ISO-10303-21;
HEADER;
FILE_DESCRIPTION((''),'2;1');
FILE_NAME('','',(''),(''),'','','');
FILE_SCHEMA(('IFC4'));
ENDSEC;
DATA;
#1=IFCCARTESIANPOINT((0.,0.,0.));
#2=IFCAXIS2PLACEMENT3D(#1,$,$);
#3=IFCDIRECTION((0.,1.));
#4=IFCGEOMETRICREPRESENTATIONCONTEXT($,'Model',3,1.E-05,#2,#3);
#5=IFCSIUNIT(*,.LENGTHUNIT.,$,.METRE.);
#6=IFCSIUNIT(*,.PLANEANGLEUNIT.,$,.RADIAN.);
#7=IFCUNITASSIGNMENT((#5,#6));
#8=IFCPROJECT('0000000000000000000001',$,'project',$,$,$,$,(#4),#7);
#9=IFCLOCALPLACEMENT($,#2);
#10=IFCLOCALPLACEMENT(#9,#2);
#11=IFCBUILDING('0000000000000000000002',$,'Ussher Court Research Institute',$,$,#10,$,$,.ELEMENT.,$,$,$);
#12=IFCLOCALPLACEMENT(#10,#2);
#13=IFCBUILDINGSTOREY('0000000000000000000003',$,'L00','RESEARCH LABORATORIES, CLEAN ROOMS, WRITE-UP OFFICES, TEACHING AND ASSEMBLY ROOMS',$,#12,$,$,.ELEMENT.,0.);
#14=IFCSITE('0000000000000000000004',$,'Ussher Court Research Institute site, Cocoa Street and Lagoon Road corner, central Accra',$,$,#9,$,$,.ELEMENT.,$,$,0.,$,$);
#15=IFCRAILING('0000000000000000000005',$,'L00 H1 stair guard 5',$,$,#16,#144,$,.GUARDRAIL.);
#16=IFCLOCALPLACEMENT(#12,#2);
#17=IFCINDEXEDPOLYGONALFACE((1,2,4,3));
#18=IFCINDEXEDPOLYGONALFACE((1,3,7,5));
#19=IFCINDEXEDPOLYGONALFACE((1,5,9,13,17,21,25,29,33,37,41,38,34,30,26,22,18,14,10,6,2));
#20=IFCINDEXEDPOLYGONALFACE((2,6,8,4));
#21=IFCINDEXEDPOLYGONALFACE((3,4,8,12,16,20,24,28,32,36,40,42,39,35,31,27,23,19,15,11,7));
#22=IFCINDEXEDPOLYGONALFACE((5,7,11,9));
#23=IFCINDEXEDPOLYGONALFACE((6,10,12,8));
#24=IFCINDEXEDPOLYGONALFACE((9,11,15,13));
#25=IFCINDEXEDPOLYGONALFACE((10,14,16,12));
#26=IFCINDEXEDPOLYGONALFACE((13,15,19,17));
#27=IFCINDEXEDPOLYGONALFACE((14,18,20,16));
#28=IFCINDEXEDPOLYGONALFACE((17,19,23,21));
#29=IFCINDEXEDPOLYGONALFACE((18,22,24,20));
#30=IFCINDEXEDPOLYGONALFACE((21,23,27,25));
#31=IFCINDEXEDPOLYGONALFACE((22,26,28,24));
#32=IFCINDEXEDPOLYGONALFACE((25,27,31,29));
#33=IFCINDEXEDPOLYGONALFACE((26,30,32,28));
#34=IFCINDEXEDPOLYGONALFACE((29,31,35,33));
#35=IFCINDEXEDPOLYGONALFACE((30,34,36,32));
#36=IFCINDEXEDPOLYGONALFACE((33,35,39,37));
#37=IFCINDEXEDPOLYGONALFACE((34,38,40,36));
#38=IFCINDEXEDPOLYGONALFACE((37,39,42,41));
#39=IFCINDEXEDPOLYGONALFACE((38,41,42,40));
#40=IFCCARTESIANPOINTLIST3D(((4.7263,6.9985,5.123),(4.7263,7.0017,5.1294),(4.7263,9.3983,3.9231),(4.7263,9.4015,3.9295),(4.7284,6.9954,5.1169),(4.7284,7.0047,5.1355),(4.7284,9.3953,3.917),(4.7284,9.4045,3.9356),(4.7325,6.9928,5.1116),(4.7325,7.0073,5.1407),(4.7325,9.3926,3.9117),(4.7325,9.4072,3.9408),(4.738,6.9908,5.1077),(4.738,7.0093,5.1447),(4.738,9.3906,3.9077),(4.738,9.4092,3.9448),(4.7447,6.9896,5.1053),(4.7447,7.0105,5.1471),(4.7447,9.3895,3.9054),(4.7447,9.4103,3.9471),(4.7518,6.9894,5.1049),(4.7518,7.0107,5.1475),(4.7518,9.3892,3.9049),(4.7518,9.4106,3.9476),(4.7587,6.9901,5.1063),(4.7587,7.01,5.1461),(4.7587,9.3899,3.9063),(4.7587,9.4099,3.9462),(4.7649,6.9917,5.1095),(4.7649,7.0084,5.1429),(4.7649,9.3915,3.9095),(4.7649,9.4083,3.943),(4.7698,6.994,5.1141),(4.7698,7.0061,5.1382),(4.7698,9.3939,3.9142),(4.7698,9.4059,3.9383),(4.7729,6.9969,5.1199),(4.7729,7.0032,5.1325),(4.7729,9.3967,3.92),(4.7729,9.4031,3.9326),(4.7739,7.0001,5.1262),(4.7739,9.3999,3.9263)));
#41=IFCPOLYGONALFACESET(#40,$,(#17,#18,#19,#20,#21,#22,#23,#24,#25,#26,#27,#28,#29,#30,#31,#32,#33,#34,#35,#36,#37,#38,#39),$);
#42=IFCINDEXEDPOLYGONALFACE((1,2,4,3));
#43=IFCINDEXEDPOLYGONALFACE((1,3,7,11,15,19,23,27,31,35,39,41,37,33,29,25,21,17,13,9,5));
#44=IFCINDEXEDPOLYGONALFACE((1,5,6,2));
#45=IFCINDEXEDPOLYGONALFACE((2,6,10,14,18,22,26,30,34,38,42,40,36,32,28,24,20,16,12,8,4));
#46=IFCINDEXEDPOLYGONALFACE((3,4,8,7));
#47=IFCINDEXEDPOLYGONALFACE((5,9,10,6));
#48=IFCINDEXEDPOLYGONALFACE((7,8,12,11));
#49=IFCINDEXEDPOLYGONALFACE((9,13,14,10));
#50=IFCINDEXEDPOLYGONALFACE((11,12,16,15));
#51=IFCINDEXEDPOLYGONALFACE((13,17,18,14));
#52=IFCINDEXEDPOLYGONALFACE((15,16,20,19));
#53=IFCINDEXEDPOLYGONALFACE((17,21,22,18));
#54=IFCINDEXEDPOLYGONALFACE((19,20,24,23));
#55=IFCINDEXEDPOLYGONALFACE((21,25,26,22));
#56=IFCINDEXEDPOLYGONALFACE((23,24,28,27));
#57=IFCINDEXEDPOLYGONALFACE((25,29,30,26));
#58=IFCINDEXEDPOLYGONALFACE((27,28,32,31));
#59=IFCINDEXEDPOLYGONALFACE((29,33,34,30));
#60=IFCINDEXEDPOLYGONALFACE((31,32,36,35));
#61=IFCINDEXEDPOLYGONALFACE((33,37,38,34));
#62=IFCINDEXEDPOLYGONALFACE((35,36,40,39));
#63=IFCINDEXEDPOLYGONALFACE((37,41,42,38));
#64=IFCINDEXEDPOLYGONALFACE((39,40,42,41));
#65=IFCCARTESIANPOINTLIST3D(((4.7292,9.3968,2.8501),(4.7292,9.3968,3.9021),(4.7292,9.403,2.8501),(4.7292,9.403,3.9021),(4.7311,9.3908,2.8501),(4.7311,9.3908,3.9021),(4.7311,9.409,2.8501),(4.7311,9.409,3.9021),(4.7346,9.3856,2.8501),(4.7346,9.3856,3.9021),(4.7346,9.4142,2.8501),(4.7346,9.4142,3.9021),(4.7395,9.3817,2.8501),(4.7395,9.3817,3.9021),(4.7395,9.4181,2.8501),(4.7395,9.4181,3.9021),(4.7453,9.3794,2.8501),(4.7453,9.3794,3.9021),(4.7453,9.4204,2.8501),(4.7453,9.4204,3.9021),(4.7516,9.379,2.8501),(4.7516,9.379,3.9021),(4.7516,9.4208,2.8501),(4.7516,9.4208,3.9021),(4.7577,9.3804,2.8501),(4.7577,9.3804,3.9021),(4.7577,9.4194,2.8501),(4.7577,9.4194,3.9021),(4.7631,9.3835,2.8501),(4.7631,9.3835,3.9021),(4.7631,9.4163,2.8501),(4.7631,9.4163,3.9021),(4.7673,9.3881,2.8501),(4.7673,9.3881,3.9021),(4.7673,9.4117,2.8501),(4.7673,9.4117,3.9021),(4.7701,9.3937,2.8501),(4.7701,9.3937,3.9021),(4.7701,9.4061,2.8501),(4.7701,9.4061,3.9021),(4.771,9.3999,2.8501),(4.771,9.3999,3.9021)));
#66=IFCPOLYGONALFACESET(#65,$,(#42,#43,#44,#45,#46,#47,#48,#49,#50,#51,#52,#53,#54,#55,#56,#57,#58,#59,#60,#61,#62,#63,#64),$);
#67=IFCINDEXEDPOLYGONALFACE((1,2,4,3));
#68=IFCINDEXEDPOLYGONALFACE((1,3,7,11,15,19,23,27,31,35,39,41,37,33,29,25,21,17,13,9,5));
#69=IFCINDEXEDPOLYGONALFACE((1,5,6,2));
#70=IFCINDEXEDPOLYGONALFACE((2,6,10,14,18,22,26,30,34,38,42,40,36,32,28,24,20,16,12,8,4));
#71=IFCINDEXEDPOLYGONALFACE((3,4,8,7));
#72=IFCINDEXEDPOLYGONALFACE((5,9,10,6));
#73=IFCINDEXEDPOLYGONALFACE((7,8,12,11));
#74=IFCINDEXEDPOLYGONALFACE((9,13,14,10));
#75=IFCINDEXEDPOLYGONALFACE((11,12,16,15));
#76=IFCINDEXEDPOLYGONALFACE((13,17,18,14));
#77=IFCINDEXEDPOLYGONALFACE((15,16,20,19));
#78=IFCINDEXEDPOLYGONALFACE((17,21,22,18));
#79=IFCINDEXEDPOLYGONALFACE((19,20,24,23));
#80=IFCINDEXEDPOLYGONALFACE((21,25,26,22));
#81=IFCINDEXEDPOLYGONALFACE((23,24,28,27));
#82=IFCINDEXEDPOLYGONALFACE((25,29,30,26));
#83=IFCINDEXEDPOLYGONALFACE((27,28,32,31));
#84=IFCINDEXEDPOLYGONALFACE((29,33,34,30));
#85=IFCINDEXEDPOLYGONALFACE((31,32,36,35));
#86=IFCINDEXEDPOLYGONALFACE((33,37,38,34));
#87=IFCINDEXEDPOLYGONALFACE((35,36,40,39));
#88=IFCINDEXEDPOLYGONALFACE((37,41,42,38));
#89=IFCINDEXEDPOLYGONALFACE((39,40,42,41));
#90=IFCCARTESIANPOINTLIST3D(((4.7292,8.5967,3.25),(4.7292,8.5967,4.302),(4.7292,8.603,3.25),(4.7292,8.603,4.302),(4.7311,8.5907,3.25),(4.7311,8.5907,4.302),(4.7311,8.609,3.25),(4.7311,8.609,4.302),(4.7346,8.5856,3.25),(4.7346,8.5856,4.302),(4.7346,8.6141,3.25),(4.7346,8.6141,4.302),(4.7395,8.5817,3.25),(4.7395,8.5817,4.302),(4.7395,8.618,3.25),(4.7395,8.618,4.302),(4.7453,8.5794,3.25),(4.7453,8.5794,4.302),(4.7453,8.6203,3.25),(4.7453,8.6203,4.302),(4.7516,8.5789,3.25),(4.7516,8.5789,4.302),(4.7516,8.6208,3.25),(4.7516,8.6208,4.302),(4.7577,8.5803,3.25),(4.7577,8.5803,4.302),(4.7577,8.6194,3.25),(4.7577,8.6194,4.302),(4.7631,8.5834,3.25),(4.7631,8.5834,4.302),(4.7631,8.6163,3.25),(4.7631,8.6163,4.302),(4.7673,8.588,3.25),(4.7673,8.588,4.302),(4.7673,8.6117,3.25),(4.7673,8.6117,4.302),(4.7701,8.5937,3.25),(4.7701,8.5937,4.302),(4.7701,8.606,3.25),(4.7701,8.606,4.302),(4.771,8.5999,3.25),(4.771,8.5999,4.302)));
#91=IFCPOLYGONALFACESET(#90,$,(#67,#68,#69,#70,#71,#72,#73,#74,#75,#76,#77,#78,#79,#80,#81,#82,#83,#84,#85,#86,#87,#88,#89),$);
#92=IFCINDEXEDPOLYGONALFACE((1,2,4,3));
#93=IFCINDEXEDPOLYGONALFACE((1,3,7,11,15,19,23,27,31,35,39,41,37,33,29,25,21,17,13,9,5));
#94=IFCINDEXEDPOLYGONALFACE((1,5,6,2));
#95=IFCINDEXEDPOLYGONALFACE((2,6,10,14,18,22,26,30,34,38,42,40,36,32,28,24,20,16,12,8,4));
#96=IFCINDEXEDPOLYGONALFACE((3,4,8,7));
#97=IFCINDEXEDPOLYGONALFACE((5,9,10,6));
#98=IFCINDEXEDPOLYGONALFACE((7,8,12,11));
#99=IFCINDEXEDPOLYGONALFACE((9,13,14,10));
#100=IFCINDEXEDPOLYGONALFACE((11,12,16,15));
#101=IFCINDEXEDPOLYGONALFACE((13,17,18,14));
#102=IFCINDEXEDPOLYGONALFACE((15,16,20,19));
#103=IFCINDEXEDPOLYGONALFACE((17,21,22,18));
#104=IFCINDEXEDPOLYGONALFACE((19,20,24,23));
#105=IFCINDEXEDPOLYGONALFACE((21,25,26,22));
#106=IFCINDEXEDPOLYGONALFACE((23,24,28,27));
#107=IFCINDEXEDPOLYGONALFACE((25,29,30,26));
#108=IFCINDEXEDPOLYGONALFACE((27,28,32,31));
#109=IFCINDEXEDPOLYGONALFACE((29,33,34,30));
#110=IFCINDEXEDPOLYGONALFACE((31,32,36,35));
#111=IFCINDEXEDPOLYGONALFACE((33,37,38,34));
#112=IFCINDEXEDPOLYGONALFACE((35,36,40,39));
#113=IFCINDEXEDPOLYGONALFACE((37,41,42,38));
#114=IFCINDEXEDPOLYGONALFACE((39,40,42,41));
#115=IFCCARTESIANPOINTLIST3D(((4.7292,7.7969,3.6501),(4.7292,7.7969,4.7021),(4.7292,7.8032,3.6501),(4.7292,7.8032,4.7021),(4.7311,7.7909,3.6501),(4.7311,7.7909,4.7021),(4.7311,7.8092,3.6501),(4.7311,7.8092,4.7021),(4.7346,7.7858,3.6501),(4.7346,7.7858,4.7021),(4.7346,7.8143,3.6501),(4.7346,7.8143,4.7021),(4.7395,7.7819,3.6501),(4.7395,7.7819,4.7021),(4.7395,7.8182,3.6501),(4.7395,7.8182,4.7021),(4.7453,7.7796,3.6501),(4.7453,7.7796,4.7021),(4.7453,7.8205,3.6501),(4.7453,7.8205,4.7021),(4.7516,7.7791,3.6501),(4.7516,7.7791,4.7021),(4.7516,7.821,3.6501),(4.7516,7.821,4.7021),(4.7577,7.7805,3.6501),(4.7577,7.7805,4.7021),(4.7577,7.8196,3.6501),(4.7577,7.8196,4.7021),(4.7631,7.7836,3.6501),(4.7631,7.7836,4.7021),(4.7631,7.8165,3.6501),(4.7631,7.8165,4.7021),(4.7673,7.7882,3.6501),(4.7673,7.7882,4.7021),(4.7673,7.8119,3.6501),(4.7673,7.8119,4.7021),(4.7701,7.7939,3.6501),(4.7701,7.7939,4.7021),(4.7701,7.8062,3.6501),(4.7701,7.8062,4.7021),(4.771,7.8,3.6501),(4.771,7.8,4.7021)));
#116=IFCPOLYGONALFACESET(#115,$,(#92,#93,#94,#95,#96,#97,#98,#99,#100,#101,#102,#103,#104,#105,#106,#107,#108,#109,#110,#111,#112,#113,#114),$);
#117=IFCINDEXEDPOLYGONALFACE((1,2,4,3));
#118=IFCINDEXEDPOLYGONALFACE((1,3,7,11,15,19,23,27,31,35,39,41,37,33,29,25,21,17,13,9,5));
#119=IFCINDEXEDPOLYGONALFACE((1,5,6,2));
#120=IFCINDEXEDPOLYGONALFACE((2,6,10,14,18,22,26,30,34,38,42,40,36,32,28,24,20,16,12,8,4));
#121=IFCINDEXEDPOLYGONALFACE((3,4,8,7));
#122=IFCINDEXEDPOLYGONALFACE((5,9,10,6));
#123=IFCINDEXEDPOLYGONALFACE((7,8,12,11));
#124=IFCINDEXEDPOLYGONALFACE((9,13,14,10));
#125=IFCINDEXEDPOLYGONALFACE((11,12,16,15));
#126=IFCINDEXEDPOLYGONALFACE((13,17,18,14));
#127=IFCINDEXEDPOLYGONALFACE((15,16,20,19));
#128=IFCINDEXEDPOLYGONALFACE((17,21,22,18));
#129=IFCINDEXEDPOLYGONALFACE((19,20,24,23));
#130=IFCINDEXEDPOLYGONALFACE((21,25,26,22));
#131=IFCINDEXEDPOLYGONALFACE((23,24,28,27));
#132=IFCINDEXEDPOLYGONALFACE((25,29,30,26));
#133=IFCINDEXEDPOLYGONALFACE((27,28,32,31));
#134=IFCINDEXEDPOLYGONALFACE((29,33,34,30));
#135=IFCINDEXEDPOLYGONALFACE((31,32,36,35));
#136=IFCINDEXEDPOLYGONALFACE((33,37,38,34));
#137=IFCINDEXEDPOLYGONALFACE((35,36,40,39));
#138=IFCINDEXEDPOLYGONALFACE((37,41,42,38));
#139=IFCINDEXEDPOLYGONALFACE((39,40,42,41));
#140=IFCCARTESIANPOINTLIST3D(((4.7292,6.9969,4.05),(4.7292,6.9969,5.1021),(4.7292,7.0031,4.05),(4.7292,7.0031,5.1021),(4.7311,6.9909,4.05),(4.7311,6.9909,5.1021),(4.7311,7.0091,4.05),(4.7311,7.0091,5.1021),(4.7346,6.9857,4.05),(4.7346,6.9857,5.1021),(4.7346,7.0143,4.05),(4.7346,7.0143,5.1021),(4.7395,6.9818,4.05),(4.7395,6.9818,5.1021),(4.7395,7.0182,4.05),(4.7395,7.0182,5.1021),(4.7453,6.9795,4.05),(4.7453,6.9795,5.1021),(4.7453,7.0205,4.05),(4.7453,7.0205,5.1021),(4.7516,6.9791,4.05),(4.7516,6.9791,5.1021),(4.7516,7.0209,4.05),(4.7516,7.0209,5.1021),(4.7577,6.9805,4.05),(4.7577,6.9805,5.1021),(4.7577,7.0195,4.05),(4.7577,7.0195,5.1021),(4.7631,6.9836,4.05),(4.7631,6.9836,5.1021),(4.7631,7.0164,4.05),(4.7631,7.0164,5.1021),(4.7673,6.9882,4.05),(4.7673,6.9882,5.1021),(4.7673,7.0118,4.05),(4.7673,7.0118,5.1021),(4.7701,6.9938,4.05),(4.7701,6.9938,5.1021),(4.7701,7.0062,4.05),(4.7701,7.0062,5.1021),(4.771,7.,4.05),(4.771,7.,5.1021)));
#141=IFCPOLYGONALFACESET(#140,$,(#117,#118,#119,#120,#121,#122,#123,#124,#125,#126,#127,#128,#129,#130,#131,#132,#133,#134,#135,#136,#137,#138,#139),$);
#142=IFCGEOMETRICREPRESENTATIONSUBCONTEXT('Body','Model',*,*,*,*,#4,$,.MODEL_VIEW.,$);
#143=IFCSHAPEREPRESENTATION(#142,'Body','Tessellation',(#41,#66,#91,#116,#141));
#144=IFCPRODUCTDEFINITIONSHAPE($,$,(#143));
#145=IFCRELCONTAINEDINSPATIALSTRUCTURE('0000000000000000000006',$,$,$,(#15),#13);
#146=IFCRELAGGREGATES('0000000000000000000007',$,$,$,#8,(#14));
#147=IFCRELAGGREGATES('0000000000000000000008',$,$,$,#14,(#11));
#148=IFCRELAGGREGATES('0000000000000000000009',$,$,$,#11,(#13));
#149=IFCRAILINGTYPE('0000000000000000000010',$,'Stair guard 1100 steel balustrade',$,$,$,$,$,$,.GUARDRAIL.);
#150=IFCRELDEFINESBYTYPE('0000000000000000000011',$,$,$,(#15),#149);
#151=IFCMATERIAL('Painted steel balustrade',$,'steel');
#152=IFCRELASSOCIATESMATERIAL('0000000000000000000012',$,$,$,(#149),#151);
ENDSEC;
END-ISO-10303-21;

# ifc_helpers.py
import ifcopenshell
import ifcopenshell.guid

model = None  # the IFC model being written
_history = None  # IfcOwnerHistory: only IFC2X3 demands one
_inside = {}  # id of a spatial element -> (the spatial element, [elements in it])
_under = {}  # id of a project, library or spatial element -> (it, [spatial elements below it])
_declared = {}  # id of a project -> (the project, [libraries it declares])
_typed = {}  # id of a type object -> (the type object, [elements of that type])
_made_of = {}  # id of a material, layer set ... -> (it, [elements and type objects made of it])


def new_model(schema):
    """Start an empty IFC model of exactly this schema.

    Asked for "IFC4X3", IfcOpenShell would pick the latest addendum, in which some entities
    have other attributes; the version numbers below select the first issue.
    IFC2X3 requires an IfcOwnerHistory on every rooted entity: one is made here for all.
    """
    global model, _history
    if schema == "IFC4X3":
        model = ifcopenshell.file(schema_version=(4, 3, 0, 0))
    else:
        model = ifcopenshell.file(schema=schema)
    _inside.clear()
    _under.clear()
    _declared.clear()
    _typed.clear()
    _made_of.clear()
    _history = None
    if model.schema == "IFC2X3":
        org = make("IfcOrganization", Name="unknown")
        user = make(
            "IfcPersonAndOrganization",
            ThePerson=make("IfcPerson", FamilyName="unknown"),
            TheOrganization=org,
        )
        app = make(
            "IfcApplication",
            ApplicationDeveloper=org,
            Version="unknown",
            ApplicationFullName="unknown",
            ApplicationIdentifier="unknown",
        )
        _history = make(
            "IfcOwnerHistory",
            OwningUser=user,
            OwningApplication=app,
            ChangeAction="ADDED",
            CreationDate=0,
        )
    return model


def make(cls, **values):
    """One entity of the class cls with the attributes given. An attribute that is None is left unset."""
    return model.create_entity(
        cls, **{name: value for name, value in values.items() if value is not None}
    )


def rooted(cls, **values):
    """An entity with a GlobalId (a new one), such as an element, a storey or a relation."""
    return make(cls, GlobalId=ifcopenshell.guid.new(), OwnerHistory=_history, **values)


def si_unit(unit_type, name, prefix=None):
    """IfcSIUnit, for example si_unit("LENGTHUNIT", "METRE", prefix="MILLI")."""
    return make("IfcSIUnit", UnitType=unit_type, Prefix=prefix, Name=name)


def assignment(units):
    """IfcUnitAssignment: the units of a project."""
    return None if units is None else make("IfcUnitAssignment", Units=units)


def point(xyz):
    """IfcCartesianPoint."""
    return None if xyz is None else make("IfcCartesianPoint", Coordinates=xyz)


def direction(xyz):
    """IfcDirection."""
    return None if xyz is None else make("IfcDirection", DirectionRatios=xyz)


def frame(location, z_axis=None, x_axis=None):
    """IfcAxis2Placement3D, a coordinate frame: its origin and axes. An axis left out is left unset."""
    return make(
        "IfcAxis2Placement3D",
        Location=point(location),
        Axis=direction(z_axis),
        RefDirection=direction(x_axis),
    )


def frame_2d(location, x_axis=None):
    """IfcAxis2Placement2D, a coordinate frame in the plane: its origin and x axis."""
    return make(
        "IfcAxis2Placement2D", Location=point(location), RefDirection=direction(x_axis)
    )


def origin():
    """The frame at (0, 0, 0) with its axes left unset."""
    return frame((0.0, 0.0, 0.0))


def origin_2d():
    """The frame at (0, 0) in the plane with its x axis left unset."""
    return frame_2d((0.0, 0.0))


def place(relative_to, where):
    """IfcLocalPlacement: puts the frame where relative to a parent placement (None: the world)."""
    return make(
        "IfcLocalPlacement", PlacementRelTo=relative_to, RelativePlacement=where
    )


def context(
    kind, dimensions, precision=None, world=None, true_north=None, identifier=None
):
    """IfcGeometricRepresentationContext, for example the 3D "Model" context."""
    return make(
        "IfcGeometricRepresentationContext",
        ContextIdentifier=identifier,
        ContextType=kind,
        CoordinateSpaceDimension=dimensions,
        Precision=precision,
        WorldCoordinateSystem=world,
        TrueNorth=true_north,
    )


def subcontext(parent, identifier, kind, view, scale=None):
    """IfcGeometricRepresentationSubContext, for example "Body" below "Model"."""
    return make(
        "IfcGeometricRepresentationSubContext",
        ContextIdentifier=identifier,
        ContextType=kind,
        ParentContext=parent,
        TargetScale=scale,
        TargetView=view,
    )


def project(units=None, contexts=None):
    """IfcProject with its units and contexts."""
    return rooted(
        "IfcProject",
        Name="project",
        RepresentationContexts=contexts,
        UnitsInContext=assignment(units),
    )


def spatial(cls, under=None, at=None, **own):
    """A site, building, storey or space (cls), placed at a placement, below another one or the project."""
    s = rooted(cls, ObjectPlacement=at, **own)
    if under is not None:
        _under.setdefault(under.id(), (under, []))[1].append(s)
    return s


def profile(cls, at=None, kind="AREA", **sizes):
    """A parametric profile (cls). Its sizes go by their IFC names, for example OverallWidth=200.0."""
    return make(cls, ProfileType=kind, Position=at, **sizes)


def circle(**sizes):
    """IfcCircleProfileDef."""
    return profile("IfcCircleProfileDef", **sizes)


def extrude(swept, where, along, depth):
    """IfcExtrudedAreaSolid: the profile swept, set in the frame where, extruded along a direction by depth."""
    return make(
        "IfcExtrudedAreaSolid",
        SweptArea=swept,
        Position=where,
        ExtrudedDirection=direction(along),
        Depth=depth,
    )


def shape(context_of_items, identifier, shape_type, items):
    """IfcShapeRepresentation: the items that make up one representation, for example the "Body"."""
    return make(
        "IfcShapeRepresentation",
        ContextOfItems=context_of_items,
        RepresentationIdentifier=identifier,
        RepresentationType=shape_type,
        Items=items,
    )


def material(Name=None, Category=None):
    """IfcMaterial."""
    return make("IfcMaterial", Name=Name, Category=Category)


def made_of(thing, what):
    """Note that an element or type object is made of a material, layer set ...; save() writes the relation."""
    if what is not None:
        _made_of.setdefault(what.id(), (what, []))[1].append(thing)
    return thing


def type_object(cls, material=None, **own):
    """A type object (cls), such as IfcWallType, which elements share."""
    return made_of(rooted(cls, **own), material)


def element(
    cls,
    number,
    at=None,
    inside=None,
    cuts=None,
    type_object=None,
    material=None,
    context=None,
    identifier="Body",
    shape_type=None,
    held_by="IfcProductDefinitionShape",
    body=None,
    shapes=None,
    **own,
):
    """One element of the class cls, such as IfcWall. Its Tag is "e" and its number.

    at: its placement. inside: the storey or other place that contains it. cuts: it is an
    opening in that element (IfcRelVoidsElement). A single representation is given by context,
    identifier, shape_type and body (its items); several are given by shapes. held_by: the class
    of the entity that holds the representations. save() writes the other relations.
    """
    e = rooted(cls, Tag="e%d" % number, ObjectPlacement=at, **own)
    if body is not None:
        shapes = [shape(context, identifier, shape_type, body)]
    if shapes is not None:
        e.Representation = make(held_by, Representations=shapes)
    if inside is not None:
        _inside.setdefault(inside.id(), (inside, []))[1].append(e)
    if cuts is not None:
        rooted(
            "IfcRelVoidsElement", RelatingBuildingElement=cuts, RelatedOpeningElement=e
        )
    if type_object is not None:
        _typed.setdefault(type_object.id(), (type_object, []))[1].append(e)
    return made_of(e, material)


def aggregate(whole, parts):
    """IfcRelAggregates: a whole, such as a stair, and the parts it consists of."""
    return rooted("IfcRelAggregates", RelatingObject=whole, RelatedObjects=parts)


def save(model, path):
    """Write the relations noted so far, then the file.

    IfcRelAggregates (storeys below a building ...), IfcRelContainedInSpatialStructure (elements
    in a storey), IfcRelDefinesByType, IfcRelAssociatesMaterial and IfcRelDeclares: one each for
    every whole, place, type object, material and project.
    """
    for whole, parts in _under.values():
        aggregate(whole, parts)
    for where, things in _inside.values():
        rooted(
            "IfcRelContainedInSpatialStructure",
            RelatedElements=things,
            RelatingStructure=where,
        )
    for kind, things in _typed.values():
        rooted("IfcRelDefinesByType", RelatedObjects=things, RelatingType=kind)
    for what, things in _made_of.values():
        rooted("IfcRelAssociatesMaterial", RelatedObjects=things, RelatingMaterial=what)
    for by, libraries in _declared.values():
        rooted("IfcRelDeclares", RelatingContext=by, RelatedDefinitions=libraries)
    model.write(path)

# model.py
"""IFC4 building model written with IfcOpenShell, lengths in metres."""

from ifc_helpers import new_model, si_unit, direction, frame, origin, origin_2d, place, context, subcontext, project, spatial, circle, extrude, material, type_object, element, save


model = new_model("IFC4")

# Units and contexts
model_context = context("Model", 3, precision=1e-05, world=origin(), true_north=direction((0.0, 1.0)))
body_context = subcontext(model_context, "Body", "Model", "MODEL_VIEW")
ifc_project = project(units=[si_unit("LENGTHUNIT", "METRE"), si_unit("PLANEANGLEUNIT", "RADIAN")], contexts=[model_context])

# Site, building, storey
site_placement = place(None, origin())
site = spatial("IfcSite", under=ifc_project, at=site_placement, Name="Ussher Court Research Institute site, Cocoa Street and Lagoon Road corner, central Accra", CompositionType="ELEMENT", RefElevation=0.0)
building_placement = place(site_placement, origin())
building = spatial("IfcBuilding", under=site, at=building_placement, Name="Ussher Court Research Institute", CompositionType="ELEMENT")
storey_placement = place(building_placement, origin())
storey = spatial("IfcBuildingStorey", under=building, at=storey_placement, Name="L00", Description="RESEARCH LABORATORIES, CLEAN ROOMS, WRITE-UP OFFICES, TEACHING AND ASSEMBLY ROOMS", CompositionType="ELEMENT", Elevation=0.0)

# Railing
ifc_material_1 = material(Name="Painted steel balustrade", Category="steel")
railing_type = type_object("IfcRailingType", Name="Stair guard 1100 steel balustrade", PredefinedType="GUARDRAIL", material=ifc_material_1)
railing_1_placement = place(storey_placement, frame((4.75, 9.3999, 2.8501)))
element("IfcRailing", 1, at=railing_1_placement, inside=storey, type_object=railing_type, Name="L00 H1 stair guard 5", PredefinedType="GUARDRAIL", context=body_context, shape_type="SweptSolid", body=[
    extrude(circle(Radius=0.0239, at=origin_2d()), frame((0.0, 0.0, 1.0762), z_axis=(0.0, -0.894427, 0.447214), x_axis=(1.0, 0.0, 0.0)), (0.0, 0.0, 1.0), 2.6831),
    extrude(circle(Radius=0.021, at=origin_2d()), origin(), (0.0, 0.0, 1.0), 1.052),
    extrude(circle(Radius=0.021, at=origin_2d()), frame((0.0, -0.8, 0.3999)), (0.0, 0.0, 1.0), 1.052),
    extrude(circle(Radius=0.021, at=origin_2d()), frame((0.0, -1.5999, 0.8)), (0.0, 0.0, 1.0), 1.052),
    extrude(circle(Radius=0.021, at=origin_2d()), frame((0.0, -2.3999, 1.2)), (0.0, 0.0, 1.0), 1.052),
])

save(model, "model.ifc")
